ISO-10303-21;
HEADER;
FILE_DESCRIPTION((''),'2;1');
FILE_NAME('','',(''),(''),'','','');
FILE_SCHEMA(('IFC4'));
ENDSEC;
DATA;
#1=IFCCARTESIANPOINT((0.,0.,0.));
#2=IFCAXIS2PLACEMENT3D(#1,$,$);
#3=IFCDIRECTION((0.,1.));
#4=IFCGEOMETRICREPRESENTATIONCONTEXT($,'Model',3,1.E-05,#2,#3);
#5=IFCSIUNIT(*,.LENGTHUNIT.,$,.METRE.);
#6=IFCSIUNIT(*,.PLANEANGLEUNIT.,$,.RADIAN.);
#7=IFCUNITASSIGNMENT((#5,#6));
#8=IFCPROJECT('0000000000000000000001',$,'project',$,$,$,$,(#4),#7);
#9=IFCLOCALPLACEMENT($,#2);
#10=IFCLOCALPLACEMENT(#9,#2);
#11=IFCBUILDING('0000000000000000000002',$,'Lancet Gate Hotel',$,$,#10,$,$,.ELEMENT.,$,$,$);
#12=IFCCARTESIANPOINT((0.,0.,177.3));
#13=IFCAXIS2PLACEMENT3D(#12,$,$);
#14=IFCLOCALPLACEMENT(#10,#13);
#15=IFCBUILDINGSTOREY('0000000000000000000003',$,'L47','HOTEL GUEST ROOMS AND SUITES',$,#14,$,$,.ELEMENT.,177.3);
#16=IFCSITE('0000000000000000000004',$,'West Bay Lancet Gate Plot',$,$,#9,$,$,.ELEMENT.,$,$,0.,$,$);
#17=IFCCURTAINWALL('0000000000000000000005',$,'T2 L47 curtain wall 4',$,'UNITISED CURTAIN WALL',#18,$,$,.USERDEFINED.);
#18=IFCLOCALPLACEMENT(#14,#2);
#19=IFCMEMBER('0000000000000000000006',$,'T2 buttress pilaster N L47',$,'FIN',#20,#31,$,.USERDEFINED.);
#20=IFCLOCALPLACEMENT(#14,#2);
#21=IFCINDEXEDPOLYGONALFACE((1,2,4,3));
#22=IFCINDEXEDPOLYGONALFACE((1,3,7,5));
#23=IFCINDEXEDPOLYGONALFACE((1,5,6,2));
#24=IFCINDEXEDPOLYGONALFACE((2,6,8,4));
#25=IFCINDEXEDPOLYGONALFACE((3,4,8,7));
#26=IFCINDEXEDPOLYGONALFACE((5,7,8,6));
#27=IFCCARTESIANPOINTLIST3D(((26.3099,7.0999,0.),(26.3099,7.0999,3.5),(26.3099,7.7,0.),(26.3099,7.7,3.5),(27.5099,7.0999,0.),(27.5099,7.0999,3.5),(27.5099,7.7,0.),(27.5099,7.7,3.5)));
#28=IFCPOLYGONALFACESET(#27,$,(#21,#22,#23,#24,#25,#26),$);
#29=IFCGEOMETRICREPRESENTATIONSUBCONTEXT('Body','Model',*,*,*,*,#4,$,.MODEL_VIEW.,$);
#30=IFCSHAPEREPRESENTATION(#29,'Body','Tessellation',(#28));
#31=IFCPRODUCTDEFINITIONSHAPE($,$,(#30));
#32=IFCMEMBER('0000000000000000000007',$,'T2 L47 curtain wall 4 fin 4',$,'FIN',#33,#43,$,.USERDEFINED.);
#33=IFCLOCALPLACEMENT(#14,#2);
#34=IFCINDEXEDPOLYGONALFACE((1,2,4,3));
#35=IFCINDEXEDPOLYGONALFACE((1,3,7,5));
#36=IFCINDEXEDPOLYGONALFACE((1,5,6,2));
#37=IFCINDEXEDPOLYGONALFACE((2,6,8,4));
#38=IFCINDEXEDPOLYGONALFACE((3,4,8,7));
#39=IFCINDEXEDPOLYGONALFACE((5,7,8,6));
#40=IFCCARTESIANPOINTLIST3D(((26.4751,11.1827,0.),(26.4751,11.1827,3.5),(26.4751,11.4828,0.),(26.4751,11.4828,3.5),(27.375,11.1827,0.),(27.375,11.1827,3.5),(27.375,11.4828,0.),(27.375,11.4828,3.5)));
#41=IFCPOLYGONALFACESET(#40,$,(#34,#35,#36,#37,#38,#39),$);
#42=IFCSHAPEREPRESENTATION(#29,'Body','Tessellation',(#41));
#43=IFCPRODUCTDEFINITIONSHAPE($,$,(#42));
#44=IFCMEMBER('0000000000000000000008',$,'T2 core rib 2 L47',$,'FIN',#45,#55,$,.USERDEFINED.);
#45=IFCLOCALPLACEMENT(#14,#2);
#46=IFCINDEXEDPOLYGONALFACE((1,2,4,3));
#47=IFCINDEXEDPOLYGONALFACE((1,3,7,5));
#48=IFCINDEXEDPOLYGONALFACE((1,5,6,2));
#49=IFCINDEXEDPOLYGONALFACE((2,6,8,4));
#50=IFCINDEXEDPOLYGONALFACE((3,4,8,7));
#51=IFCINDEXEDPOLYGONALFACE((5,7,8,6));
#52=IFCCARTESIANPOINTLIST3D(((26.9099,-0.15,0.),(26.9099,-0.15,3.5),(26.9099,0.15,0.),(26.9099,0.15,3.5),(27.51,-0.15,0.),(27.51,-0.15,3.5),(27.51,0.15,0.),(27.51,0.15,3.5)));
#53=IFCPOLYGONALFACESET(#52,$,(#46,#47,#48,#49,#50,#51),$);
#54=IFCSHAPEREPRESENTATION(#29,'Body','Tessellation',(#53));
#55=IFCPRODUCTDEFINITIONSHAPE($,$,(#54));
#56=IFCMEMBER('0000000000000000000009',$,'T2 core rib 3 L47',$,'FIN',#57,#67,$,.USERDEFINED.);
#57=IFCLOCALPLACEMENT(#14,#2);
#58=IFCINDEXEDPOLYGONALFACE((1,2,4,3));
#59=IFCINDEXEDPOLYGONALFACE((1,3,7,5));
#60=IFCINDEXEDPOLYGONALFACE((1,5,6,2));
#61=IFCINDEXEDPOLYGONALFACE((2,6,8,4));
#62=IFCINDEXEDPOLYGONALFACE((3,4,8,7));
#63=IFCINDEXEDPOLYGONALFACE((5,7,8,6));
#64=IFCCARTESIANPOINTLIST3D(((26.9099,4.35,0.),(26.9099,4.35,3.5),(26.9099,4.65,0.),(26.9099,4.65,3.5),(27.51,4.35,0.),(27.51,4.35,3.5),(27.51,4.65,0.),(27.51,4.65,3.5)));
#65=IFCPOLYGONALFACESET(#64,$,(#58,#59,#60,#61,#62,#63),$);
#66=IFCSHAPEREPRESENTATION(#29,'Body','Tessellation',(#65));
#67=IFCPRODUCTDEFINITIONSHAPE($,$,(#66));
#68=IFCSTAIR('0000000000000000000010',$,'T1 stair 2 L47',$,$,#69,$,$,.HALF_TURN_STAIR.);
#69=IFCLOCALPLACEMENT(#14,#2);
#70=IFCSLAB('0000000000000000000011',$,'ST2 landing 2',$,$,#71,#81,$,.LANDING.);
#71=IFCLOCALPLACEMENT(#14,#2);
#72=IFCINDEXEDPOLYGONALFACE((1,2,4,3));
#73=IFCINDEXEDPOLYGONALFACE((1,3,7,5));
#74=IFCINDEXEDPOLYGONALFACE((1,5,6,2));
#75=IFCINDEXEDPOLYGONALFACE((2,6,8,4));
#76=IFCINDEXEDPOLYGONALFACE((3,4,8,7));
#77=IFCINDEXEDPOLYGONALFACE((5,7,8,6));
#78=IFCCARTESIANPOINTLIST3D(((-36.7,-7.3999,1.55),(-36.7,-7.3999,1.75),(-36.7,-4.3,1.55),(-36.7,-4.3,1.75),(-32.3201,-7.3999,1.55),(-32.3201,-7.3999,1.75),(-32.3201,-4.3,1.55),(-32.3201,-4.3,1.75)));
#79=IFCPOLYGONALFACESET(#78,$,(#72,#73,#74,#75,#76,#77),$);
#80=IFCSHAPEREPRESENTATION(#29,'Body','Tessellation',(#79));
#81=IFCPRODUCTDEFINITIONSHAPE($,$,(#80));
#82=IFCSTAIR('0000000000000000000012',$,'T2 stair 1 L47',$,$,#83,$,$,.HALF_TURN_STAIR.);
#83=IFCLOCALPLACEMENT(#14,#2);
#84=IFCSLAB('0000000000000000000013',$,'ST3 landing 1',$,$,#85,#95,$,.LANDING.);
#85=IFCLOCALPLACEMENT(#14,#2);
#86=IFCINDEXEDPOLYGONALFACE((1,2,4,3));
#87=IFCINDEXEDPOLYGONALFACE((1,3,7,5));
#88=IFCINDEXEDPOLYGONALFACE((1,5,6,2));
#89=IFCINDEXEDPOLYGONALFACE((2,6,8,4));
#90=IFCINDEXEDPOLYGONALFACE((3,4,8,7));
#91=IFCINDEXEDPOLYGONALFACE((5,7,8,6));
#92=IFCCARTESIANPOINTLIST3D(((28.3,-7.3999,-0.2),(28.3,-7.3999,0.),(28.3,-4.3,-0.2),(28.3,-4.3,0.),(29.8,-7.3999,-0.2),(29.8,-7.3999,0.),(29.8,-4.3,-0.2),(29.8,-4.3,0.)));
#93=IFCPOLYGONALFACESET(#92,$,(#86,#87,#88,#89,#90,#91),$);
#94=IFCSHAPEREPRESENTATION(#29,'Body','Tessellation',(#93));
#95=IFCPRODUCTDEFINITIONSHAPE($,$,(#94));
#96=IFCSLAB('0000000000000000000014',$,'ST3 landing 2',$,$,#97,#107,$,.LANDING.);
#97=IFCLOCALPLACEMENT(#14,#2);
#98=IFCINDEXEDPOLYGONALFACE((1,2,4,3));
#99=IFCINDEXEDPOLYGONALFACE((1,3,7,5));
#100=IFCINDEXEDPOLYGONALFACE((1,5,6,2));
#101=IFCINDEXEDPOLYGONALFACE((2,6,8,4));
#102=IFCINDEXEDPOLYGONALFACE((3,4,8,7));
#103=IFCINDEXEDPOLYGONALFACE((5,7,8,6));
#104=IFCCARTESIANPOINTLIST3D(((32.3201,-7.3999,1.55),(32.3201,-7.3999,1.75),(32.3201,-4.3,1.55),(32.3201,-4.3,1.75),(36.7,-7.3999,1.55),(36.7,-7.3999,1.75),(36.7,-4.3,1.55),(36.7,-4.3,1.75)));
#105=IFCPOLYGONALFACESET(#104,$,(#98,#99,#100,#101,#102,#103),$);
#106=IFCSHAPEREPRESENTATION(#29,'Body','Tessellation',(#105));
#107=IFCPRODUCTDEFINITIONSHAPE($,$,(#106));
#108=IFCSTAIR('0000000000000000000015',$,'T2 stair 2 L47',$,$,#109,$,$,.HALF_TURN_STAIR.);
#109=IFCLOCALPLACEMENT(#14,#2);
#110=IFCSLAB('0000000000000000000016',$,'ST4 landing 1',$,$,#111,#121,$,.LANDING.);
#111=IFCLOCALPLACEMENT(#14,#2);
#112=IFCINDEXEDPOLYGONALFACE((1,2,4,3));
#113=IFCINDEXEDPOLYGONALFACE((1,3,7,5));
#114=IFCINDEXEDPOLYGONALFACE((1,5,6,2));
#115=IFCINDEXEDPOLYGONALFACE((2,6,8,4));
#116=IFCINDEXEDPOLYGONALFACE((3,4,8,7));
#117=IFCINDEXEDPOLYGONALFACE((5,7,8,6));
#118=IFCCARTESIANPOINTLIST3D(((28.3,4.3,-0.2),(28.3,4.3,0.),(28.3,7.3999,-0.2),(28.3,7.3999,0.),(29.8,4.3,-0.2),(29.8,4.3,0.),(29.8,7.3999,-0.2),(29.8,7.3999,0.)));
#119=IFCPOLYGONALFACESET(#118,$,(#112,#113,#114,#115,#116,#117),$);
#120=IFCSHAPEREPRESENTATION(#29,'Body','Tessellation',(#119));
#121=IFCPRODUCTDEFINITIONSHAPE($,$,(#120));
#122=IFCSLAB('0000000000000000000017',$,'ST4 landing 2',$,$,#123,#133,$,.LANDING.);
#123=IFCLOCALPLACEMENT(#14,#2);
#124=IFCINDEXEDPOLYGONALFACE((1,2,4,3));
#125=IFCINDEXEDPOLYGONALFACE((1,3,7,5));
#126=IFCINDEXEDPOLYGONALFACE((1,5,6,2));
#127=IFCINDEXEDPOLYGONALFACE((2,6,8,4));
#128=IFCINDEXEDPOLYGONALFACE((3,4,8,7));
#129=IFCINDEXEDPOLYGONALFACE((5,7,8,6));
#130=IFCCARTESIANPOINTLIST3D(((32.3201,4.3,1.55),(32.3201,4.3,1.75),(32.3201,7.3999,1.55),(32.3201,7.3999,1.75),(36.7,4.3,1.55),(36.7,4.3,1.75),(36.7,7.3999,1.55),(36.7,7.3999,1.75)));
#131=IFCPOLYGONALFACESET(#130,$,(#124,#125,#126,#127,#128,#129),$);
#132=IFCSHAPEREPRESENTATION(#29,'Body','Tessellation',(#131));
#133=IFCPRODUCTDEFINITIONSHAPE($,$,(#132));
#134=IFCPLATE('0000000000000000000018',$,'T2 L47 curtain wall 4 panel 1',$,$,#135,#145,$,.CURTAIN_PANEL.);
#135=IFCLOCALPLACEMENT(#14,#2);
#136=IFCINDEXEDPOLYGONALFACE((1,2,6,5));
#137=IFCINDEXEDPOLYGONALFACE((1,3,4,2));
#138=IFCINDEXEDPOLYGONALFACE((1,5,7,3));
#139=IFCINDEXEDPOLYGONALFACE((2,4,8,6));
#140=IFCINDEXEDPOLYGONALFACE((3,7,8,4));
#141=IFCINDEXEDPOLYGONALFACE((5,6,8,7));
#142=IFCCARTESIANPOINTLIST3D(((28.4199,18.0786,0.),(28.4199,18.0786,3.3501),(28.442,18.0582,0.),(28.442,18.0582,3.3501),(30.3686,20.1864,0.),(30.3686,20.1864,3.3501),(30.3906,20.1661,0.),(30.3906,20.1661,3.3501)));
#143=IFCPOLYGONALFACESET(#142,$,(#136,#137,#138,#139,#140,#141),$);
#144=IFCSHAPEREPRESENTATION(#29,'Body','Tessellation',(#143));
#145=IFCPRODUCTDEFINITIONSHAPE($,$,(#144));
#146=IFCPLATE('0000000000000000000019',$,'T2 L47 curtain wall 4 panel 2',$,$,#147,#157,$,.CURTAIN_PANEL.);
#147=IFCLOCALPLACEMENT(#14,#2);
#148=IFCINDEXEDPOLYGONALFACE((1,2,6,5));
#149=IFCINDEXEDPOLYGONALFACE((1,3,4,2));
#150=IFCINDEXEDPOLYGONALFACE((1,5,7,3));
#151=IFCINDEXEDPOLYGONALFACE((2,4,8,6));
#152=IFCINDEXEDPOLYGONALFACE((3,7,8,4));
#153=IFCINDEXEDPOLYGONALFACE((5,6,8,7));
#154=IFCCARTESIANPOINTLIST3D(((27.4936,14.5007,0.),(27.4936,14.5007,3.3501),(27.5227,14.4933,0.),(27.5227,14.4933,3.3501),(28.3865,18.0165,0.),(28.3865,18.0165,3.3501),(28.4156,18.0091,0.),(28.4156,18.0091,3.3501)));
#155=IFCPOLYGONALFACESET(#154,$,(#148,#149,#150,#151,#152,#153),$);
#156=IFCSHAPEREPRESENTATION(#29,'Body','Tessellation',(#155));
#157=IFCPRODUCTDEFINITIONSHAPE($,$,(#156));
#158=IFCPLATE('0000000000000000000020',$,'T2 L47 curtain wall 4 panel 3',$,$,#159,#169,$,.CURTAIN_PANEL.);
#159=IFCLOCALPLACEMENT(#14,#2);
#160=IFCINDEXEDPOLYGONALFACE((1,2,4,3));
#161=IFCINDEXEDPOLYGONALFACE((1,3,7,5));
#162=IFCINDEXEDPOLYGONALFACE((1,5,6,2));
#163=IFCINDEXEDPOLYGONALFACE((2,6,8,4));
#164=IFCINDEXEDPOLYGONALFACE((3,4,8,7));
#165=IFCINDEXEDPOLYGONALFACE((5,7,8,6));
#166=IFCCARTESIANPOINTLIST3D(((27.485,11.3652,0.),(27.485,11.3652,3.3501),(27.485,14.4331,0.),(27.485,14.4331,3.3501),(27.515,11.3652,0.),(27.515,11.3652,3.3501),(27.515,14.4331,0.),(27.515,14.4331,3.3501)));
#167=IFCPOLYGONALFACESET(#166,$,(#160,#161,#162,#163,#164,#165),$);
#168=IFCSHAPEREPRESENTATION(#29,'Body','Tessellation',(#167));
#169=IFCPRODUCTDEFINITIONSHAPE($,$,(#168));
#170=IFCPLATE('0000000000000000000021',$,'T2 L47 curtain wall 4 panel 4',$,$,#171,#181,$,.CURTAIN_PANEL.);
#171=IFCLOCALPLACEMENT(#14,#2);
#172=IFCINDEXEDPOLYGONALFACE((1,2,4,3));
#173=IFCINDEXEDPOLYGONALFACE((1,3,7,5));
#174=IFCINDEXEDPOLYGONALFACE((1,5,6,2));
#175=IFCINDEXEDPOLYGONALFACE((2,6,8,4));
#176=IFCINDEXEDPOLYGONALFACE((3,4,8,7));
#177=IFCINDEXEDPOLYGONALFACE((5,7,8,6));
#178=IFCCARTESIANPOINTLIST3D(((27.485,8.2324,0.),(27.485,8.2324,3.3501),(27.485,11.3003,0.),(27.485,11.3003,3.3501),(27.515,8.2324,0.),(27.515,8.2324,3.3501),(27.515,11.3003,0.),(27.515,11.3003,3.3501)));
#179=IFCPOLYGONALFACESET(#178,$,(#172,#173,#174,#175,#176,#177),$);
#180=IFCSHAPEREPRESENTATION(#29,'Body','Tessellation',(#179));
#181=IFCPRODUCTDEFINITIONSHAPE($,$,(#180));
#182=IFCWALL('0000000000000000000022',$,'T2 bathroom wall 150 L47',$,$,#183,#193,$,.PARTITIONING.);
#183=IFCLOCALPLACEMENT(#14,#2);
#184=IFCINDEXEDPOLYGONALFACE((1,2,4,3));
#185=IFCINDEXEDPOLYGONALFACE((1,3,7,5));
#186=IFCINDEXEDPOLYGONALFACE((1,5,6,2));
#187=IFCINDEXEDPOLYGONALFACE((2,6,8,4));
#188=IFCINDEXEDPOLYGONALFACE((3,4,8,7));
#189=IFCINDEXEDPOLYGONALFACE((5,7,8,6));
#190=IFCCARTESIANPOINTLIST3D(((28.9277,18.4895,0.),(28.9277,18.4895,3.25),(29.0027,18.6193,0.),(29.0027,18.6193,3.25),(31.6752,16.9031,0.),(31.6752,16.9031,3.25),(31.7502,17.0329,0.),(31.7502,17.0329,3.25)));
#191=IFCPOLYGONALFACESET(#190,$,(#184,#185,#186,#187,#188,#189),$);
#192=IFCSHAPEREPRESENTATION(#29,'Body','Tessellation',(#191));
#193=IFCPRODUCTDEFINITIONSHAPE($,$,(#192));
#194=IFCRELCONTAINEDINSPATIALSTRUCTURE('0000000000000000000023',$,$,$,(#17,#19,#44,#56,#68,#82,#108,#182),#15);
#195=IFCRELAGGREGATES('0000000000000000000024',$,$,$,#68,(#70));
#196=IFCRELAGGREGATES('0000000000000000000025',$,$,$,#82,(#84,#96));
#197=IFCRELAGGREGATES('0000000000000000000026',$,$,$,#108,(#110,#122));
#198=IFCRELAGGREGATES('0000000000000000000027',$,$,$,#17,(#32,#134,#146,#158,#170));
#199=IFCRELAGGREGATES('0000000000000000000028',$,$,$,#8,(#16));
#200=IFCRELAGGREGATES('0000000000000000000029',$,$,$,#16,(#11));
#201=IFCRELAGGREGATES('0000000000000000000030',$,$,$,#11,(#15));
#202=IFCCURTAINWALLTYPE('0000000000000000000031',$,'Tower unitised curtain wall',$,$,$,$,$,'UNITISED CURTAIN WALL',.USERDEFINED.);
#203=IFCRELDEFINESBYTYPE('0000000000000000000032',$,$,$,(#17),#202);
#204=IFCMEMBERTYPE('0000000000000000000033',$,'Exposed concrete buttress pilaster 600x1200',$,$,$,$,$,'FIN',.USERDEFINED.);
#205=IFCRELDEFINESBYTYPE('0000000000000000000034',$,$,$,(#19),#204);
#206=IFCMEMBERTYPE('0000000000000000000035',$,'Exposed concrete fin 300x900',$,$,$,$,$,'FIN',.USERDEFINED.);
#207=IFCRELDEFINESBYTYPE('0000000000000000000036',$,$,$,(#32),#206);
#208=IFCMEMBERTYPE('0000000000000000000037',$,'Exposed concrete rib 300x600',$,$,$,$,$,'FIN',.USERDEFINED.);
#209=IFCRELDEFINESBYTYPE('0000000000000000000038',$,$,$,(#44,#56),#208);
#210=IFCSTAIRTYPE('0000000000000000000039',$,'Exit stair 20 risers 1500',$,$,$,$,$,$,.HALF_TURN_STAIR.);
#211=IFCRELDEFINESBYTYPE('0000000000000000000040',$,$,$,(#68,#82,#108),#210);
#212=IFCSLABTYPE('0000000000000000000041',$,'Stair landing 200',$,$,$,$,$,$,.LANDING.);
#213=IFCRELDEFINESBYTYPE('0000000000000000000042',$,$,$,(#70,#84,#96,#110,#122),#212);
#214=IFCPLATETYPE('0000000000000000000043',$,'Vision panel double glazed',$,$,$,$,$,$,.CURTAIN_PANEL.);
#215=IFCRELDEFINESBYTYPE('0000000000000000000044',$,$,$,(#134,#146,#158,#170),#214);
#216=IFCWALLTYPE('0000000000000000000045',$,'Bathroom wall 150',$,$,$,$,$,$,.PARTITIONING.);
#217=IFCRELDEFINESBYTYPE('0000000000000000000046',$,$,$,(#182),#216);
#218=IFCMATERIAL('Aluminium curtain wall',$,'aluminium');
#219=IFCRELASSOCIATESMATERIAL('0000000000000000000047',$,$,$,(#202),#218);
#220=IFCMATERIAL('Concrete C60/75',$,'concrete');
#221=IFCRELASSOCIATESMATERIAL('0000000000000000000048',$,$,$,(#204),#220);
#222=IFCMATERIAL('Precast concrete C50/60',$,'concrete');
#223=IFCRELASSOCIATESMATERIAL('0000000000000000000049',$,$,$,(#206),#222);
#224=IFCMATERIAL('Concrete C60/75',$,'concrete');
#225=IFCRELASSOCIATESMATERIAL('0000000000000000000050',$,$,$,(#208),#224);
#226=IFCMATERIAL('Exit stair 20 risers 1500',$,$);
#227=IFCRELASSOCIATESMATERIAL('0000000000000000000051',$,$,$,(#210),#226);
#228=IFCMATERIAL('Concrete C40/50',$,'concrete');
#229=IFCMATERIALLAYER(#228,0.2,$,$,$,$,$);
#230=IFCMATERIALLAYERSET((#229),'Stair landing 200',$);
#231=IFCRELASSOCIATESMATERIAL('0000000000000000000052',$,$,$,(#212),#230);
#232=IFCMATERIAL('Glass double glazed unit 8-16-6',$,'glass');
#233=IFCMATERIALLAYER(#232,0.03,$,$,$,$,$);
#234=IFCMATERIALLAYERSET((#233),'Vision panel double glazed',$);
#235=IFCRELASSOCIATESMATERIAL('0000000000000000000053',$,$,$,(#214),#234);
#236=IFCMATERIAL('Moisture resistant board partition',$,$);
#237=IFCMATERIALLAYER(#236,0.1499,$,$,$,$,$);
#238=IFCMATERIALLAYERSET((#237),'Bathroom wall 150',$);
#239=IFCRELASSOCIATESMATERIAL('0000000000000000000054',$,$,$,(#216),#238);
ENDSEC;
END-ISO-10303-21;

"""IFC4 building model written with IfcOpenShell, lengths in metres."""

from ifc_helpers import new_model, si_unit, direction, frame, frame_2d, origin, origin_2d, place, context, subcontext, project, spatial, polyline, rectangle, outline, extrude, material, layer, layer_set, material_profile, profile_set, type_object, element, aggregate, save


model = new_model("IFC4")

# Units and contexts
model_context = context("Model", 3, precision=1e-05, world=origin(), true_north=direction((0.0, 1.0)))
body_context = subcontext(model_context, "Body", "Model", "MODEL_VIEW")
ifc_project = project(units=[si_unit("LENGTHUNIT", "METRE"), si_unit("PLANEANGLEUNIT", "RADIAN")], contexts=[model_context])

# Site, building, storey
site_placement = place(None, origin())
site = spatial("IfcSite", under=ifc_project, at=site_placement, Name="West Bay Lancet Gate Plot", CompositionType="ELEMENT", RefElevation=0.0)
building_placement = place(site_placement, origin())
building = spatial("IfcBuilding", under=site, at=building_placement, Name="Lancet Gate Hotel", CompositionType="ELEMENT")
storey_placement = place(building_placement, frame((0.0, 0.0, 177.3)))
storey = spatial("IfcBuildingStorey", under=building, at=storey_placement, Name="L47", Description="HOTEL GUEST ROOMS AND SUITES", CompositionType="ELEMENT", Elevation=177.3)

# Curtain wall
ifc_material_1 = material(Name="Aluminium curtain wall", Category="aluminium")
curtain_wall_type = type_object("IfcCurtainWallType", Name="Tower unitised curtain wall", ElementType="UNITISED CURTAIN WALL", PredefinedType="USERDEFINED", material=ifc_material_1)
curtain_wall_placement = place(storey_placement, origin())
curtain_wall = element("IfcCurtainWall", 1, at=curtain_wall_placement, inside=storey, type_object=curtain_wall_type, Name="T2 L47 curtain wall 4", ObjectType="UNITISED CURTAIN WALL", PredefinedType="USERDEFINED")

# Members
ifc_material_2 = material(Name="Concrete C60/75", Category="concrete")
ifc_material_profile_1 = material_profile(ifc_material_2, rectangle(XDim=0.6001, YDim=1.2, at=origin_2d()), Name="FIN 600x1200")
ifc_profile_set_1 = profile_set([ifc_material_profile_1], Name="Concrete C60/75")
member_type_1 = type_object("IfcMemberType", Name="Exposed concrete buttress pilaster 600x1200", ElementType="FIN", PredefinedType="USERDEFINED", material=ifc_profile_set_1)
member_1_placement = place(storey_placement, frame((26.9099, 7.3999, 0.0), z_axis=(0.0, 0.0, 1.0), x_axis=(0.0, 1.0, 0.0)))
element("IfcMember", 2, at=member_1_placement, inside=storey, type_object=member_type_1, Name="T2 buttress pilaster N L47", ObjectType="FIN", PredefinedType="USERDEFINED", context=body_context, shape_type="SweptSolid", body=[
    extrude(rectangle(XDim=0.6001, YDim=1.2, at=origin_2d()), origin(), (0.0, 0.0, 1.0), 3.5),
])
ifc_material_3 = material(Name="Precast concrete C50/60", Category="concrete")
ifc_material_profile_2 = material_profile(ifc_material_3, rectangle(XDim=0.3, YDim=0.8999, at=origin_2d()), Name="FIN 300x900")
ifc_profile_set_2 = profile_set([ifc_material_profile_2], Name="Precast concrete C50/60")
member_type_2 = type_object("IfcMemberType", Name="Exposed concrete fin 300x900", ElementType="FIN", PredefinedType="USERDEFINED", material=ifc_profile_set_2)
member_2_placement = place(storey_placement, frame((26.925, 11.3328, 0.0), z_axis=(0.0, 0.0, 1.0), x_axis=(0.0, -1.0, 0.0)))
member_2 = element("IfcMember", 3, at=member_2_placement, type_object=member_type_2, Name="T2 L47 curtain wall 4 fin 4", ObjectType="FIN", PredefinedType="USERDEFINED", context=body_context, shape_type="SweptSolid", body=[
    extrude(rectangle(XDim=0.3, YDim=0.8999, at=origin_2d()), origin(), (0.0, 0.0, 1.0), 3.5),
])

# Members
ifc_material_4 = material(Name="Concrete C60/75", Category="concrete")
ifc_material_profile_3 = material_profile(ifc_material_4, rectangle(XDim=0.3, YDim=0.6001, at=origin_2d()), Name="FIN 300x600")
ifc_profile_set_3 = profile_set([ifc_material_profile_3], Name="Concrete C60/75")
member_type_3 = type_object("IfcMemberType", Name="Exposed concrete rib 300x600", ElementType="FIN", PredefinedType="USERDEFINED", material=ifc_profile_set_3)
for number, where, z_axis, x_axis, name in (
    (4, (27.21, 0.0, 0.0), (0.0, 0.0, 1.0), (0.0, 1.0, 0.0), "T2 core rib 2 L47"),
    (5, (27.21, 4.5, 0.0), (0.0, 0.0, 1.0), (0.0, 1.0, 0.0), "T2 core rib 3 L47"),
):
    element("IfcMember", number, at=place(storey_placement, frame(where, z_axis=z_axis, x_axis=x_axis)), inside=storey, type_object=member_type_3, Name=name, ObjectType="FIN", PredefinedType="USERDEFINED", context=body_context, shape_type="SweptSolid", body=[
        extrude(rectangle(XDim=0.3, YDim=0.6001, at=origin_2d()), origin(), (0.0, 0.0, 1.0), 3.5),
    ])

# Stair, slab
ifc_material_5 = material(Name="Exit stair 20 risers 1500")
stair_type = type_object("IfcStairType", Name="Exit stair 20 risers 1500", PredefinedType="HALF_TURN_STAIR", material=ifc_material_5)
stair_1_placement = place(storey_placement, origin())
stair_1 = element("IfcStair", 6, at=stair_1_placement, inside=storey, type_object=stair_type, Name="T1 stair 2 L47", PredefinedType="HALF_TURN_STAIR")
ifc_material_6 = material(Name="Concrete C40/50", Category="concrete")
ifc_layer_1 = layer(ifc_material_6, 0.2)
ifc_layer_set_1 = layer_set([ifc_layer_1], Name="Stair landing 200")
slab_type = type_object("IfcSlabType", Name="Stair landing 200", PredefinedType="LANDING", material=ifc_layer_set_1)
slab_1_placement = place(storey_placement, frame((0.0, 0.0, 1.55)))
slab_1 = element("IfcSlab", 7, at=slab_1_placement, type_object=slab_type, Name="ST2 landing 2", PredefinedType="LANDING", context=body_context, shape_type="SweptSolid", body=[
    extrude(outline(polyline([(-32.3201, -4.3), (-36.7, -4.3), (-36.7, -7.3999), (-32.3201, -7.3999), (-32.3201, -4.3)])), origin(), (0.0, 0.0, 1.0), 0.2),
])
aggregate(stair_1, [slab_1])

# Stairs, slabs
stair_2_placement = place(storey_placement, origin())
stair_2 = element("IfcStair", 8, at=stair_2_placement, inside=storey, type_object=stair_type, Name="T2 stair 1 L47", PredefinedType="HALF_TURN_STAIR")
slab_2_placement = place(storey_placement, frame((0.0, 0.0, -0.2)))
slab_2 = element("IfcSlab", 9, at=slab_2_placement, type_object=slab_type, Name="ST3 landing 1", PredefinedType="LANDING", context=body_context, shape_type="SweptSolid", body=[
    extrude(outline(polyline([(28.3, -7.3999), (29.8, -7.3999), (29.8, -4.3), (28.3, -4.3), (28.3, -7.3999)])), origin(), (0.0, 0.0, 1.0), 0.2),
])
slab_3_placement = place(storey_placement, frame((0.0, 0.0, 1.55)))
slab_3 = element("IfcSlab", 10, at=slab_3_placement, type_object=slab_type, Name="ST3 landing 2", PredefinedType="LANDING", context=body_context, shape_type="SweptSolid", body=[
    extrude(outline(polyline([(32.3201, -7.3999), (36.7, -7.3999), (36.7, -4.3), (32.3201, -4.3), (32.3201, -7.3999)])), origin(), (0.0, 0.0, 1.0), 0.2),
])
aggregate(stair_2, [slab_2, slab_3])
stair_3_placement = place(storey_placement, origin())
stair_3 = element("IfcStair", 11, at=stair_3_placement, inside=storey, type_object=stair_type, Name="T2 stair 2 L47", PredefinedType="HALF_TURN_STAIR")
slab_4_placement = place(storey_placement, frame((0.0, 0.0, -0.2)))
slab_4 = element("IfcSlab", 12, at=slab_4_placement, type_object=slab_type, Name="ST4 landing 1", PredefinedType="LANDING", context=body_context, shape_type="SweptSolid", body=[
    extrude(outline(polyline([(28.3, 4.3), (29.8, 4.3), (29.8, 7.3999), (28.3, 7.3999), (28.3, 4.3)])), origin(), (0.0, 0.0, 1.0), 0.2),
])
slab_5_placement = place(storey_placement, frame((0.0, 0.0, 1.55)))
slab_5 = element("IfcSlab", 13, at=slab_5_placement, type_object=slab_type, Name="ST4 landing 2", PredefinedType="LANDING", context=body_context, shape_type="SweptSolid", body=[
    extrude(outline(polyline([(32.3201, 4.3), (36.7, 4.3), (36.7, 7.3999), (32.3201, 7.3999), (32.3201, 4.3)])), origin(), (0.0, 0.0, 1.0), 0.2),
])
aggregate(stair_3, [slab_4, slab_5])

# Plates
ifc_material_7 = material(Name="Glass double glazed unit 8-16-6", Category="glass")
ifc_layer_2 = layer(ifc_material_7, 0.03)
ifc_layer_set_2 = layer_set([ifc_layer_2], Name="Vision panel double glazed")
plate_type = type_object("IfcPlateType", Name="Vision panel double glazed", PredefinedType="CURTAIN_PANEL", material=ifc_layer_set_2)
plate_1_placement = place(storey_placement, frame((29.4053, 19.1223, 0.0), z_axis=(0.0, 0.0, 1.0), x_axis=(-0.678831, -0.734294, 0.0)))
plate_1 = element("IfcPlate", 14, at=plate_1_placement, type_object=plate_type, Name="T2 L47 curtain wall 4 panel 1", PredefinedType="CURTAIN_PANEL", context=body_context, shape_type="SweptSolid", body=[
    extrude(rectangle(XDim=2.8706, YDim=0.03, at=origin_2d()), origin(), (0.0, 0.0, 1.0), 3.3501),
])
plate_2_placement = place(storey_placement, frame((27.9546, 16.2549, 0.0), z_axis=(0.0, 0.0, 1.0), x_axis=(-0.246167, -0.969228, 0.0)))
plate_2 = element("IfcPlate", 15, at=plate_2_placement, type_object=plate_type, Name="T2 L47 curtain wall 4 panel 2", PredefinedType="CURTAIN_PANEL", context=body_context, shape_type="SweptSolid", body=[
    extrude(rectangle(XDim=3.6274, YDim=0.03, at=origin_2d()), origin(), (0.0, 0.0, 1.0), 3.3501),
])
plate_3_placement = place(storey_placement, frame((27.5, 12.8992, 0.0), z_axis=(0.0, 0.0, 1.0), x_axis=(0.0, -1.0, 0.0)))
plate_3 = element("IfcPlate", 16, at=plate_3_placement, type_object=plate_type, Name="T2 L47 curtain wall 4 panel 3", PredefinedType="CURTAIN_PANEL", context=body_context, shape_type="SweptSolid", body=[
    extrude(rectangle(XDim=3.0679, YDim=0.03, at=origin_2d()), origin(), (0.0, 0.0, 1.0), 3.3501),
])
plate_4_placement = place(storey_placement, frame((27.5, 9.7664, 0.0), z_axis=(0.0, 0.0, 1.0), x_axis=(0.0, -1.0, 0.0)))
plate_4 = element("IfcPlate", 17, at=plate_4_placement, type_object=plate_type, Name="T2 L47 curtain wall 4 panel 4", PredefinedType="CURTAIN_PANEL", context=body_context, shape_type="SweptSolid", body=[
    extrude(rectangle(XDim=3.0679, YDim=0.03, at=origin_2d()), origin(), (0.0, 0.0, 1.0), 3.3501),
])
aggregate(curtain_wall, [member_2, plate_1, plate_2, plate_3, plate_4])

# Wall
ifc_material_8 = material(Name="Moisture resistant board partition")
ifc_layer_3 = layer(ifc_material_8, 0.1499)
ifc_layer_set_3 = layer_set([ifc_layer_3], Name="Bathroom wall 150")
wall_type_1 = type_object("IfcWallType", Name="Bathroom wall 150", PredefinedType="PARTITIONING", material=ifc_layer_set_3)
wall_1_placement = place(storey_placement, frame((28.9651, 18.5544, 0.0), z_axis=(0.0, 0.0, 1.0), x_axis=(0.866009, -0.500029, 0.0)))
element("IfcWall", 18, at=wall_1_placement, inside=storey, type_object=wall_type_1, Name="T2 bathroom wall 150 L47", PredefinedType="PARTITIONING", context=body_context, shape_type="SweptSolid", body=[
    extrude(rectangle(XDim=3.1726, YDim=0.1499, at=frame_2d((1.5864, 0.0))), origin(), (0.0, 0.0, 1.0), 3.25),
])

save(model, "model.ifc")
